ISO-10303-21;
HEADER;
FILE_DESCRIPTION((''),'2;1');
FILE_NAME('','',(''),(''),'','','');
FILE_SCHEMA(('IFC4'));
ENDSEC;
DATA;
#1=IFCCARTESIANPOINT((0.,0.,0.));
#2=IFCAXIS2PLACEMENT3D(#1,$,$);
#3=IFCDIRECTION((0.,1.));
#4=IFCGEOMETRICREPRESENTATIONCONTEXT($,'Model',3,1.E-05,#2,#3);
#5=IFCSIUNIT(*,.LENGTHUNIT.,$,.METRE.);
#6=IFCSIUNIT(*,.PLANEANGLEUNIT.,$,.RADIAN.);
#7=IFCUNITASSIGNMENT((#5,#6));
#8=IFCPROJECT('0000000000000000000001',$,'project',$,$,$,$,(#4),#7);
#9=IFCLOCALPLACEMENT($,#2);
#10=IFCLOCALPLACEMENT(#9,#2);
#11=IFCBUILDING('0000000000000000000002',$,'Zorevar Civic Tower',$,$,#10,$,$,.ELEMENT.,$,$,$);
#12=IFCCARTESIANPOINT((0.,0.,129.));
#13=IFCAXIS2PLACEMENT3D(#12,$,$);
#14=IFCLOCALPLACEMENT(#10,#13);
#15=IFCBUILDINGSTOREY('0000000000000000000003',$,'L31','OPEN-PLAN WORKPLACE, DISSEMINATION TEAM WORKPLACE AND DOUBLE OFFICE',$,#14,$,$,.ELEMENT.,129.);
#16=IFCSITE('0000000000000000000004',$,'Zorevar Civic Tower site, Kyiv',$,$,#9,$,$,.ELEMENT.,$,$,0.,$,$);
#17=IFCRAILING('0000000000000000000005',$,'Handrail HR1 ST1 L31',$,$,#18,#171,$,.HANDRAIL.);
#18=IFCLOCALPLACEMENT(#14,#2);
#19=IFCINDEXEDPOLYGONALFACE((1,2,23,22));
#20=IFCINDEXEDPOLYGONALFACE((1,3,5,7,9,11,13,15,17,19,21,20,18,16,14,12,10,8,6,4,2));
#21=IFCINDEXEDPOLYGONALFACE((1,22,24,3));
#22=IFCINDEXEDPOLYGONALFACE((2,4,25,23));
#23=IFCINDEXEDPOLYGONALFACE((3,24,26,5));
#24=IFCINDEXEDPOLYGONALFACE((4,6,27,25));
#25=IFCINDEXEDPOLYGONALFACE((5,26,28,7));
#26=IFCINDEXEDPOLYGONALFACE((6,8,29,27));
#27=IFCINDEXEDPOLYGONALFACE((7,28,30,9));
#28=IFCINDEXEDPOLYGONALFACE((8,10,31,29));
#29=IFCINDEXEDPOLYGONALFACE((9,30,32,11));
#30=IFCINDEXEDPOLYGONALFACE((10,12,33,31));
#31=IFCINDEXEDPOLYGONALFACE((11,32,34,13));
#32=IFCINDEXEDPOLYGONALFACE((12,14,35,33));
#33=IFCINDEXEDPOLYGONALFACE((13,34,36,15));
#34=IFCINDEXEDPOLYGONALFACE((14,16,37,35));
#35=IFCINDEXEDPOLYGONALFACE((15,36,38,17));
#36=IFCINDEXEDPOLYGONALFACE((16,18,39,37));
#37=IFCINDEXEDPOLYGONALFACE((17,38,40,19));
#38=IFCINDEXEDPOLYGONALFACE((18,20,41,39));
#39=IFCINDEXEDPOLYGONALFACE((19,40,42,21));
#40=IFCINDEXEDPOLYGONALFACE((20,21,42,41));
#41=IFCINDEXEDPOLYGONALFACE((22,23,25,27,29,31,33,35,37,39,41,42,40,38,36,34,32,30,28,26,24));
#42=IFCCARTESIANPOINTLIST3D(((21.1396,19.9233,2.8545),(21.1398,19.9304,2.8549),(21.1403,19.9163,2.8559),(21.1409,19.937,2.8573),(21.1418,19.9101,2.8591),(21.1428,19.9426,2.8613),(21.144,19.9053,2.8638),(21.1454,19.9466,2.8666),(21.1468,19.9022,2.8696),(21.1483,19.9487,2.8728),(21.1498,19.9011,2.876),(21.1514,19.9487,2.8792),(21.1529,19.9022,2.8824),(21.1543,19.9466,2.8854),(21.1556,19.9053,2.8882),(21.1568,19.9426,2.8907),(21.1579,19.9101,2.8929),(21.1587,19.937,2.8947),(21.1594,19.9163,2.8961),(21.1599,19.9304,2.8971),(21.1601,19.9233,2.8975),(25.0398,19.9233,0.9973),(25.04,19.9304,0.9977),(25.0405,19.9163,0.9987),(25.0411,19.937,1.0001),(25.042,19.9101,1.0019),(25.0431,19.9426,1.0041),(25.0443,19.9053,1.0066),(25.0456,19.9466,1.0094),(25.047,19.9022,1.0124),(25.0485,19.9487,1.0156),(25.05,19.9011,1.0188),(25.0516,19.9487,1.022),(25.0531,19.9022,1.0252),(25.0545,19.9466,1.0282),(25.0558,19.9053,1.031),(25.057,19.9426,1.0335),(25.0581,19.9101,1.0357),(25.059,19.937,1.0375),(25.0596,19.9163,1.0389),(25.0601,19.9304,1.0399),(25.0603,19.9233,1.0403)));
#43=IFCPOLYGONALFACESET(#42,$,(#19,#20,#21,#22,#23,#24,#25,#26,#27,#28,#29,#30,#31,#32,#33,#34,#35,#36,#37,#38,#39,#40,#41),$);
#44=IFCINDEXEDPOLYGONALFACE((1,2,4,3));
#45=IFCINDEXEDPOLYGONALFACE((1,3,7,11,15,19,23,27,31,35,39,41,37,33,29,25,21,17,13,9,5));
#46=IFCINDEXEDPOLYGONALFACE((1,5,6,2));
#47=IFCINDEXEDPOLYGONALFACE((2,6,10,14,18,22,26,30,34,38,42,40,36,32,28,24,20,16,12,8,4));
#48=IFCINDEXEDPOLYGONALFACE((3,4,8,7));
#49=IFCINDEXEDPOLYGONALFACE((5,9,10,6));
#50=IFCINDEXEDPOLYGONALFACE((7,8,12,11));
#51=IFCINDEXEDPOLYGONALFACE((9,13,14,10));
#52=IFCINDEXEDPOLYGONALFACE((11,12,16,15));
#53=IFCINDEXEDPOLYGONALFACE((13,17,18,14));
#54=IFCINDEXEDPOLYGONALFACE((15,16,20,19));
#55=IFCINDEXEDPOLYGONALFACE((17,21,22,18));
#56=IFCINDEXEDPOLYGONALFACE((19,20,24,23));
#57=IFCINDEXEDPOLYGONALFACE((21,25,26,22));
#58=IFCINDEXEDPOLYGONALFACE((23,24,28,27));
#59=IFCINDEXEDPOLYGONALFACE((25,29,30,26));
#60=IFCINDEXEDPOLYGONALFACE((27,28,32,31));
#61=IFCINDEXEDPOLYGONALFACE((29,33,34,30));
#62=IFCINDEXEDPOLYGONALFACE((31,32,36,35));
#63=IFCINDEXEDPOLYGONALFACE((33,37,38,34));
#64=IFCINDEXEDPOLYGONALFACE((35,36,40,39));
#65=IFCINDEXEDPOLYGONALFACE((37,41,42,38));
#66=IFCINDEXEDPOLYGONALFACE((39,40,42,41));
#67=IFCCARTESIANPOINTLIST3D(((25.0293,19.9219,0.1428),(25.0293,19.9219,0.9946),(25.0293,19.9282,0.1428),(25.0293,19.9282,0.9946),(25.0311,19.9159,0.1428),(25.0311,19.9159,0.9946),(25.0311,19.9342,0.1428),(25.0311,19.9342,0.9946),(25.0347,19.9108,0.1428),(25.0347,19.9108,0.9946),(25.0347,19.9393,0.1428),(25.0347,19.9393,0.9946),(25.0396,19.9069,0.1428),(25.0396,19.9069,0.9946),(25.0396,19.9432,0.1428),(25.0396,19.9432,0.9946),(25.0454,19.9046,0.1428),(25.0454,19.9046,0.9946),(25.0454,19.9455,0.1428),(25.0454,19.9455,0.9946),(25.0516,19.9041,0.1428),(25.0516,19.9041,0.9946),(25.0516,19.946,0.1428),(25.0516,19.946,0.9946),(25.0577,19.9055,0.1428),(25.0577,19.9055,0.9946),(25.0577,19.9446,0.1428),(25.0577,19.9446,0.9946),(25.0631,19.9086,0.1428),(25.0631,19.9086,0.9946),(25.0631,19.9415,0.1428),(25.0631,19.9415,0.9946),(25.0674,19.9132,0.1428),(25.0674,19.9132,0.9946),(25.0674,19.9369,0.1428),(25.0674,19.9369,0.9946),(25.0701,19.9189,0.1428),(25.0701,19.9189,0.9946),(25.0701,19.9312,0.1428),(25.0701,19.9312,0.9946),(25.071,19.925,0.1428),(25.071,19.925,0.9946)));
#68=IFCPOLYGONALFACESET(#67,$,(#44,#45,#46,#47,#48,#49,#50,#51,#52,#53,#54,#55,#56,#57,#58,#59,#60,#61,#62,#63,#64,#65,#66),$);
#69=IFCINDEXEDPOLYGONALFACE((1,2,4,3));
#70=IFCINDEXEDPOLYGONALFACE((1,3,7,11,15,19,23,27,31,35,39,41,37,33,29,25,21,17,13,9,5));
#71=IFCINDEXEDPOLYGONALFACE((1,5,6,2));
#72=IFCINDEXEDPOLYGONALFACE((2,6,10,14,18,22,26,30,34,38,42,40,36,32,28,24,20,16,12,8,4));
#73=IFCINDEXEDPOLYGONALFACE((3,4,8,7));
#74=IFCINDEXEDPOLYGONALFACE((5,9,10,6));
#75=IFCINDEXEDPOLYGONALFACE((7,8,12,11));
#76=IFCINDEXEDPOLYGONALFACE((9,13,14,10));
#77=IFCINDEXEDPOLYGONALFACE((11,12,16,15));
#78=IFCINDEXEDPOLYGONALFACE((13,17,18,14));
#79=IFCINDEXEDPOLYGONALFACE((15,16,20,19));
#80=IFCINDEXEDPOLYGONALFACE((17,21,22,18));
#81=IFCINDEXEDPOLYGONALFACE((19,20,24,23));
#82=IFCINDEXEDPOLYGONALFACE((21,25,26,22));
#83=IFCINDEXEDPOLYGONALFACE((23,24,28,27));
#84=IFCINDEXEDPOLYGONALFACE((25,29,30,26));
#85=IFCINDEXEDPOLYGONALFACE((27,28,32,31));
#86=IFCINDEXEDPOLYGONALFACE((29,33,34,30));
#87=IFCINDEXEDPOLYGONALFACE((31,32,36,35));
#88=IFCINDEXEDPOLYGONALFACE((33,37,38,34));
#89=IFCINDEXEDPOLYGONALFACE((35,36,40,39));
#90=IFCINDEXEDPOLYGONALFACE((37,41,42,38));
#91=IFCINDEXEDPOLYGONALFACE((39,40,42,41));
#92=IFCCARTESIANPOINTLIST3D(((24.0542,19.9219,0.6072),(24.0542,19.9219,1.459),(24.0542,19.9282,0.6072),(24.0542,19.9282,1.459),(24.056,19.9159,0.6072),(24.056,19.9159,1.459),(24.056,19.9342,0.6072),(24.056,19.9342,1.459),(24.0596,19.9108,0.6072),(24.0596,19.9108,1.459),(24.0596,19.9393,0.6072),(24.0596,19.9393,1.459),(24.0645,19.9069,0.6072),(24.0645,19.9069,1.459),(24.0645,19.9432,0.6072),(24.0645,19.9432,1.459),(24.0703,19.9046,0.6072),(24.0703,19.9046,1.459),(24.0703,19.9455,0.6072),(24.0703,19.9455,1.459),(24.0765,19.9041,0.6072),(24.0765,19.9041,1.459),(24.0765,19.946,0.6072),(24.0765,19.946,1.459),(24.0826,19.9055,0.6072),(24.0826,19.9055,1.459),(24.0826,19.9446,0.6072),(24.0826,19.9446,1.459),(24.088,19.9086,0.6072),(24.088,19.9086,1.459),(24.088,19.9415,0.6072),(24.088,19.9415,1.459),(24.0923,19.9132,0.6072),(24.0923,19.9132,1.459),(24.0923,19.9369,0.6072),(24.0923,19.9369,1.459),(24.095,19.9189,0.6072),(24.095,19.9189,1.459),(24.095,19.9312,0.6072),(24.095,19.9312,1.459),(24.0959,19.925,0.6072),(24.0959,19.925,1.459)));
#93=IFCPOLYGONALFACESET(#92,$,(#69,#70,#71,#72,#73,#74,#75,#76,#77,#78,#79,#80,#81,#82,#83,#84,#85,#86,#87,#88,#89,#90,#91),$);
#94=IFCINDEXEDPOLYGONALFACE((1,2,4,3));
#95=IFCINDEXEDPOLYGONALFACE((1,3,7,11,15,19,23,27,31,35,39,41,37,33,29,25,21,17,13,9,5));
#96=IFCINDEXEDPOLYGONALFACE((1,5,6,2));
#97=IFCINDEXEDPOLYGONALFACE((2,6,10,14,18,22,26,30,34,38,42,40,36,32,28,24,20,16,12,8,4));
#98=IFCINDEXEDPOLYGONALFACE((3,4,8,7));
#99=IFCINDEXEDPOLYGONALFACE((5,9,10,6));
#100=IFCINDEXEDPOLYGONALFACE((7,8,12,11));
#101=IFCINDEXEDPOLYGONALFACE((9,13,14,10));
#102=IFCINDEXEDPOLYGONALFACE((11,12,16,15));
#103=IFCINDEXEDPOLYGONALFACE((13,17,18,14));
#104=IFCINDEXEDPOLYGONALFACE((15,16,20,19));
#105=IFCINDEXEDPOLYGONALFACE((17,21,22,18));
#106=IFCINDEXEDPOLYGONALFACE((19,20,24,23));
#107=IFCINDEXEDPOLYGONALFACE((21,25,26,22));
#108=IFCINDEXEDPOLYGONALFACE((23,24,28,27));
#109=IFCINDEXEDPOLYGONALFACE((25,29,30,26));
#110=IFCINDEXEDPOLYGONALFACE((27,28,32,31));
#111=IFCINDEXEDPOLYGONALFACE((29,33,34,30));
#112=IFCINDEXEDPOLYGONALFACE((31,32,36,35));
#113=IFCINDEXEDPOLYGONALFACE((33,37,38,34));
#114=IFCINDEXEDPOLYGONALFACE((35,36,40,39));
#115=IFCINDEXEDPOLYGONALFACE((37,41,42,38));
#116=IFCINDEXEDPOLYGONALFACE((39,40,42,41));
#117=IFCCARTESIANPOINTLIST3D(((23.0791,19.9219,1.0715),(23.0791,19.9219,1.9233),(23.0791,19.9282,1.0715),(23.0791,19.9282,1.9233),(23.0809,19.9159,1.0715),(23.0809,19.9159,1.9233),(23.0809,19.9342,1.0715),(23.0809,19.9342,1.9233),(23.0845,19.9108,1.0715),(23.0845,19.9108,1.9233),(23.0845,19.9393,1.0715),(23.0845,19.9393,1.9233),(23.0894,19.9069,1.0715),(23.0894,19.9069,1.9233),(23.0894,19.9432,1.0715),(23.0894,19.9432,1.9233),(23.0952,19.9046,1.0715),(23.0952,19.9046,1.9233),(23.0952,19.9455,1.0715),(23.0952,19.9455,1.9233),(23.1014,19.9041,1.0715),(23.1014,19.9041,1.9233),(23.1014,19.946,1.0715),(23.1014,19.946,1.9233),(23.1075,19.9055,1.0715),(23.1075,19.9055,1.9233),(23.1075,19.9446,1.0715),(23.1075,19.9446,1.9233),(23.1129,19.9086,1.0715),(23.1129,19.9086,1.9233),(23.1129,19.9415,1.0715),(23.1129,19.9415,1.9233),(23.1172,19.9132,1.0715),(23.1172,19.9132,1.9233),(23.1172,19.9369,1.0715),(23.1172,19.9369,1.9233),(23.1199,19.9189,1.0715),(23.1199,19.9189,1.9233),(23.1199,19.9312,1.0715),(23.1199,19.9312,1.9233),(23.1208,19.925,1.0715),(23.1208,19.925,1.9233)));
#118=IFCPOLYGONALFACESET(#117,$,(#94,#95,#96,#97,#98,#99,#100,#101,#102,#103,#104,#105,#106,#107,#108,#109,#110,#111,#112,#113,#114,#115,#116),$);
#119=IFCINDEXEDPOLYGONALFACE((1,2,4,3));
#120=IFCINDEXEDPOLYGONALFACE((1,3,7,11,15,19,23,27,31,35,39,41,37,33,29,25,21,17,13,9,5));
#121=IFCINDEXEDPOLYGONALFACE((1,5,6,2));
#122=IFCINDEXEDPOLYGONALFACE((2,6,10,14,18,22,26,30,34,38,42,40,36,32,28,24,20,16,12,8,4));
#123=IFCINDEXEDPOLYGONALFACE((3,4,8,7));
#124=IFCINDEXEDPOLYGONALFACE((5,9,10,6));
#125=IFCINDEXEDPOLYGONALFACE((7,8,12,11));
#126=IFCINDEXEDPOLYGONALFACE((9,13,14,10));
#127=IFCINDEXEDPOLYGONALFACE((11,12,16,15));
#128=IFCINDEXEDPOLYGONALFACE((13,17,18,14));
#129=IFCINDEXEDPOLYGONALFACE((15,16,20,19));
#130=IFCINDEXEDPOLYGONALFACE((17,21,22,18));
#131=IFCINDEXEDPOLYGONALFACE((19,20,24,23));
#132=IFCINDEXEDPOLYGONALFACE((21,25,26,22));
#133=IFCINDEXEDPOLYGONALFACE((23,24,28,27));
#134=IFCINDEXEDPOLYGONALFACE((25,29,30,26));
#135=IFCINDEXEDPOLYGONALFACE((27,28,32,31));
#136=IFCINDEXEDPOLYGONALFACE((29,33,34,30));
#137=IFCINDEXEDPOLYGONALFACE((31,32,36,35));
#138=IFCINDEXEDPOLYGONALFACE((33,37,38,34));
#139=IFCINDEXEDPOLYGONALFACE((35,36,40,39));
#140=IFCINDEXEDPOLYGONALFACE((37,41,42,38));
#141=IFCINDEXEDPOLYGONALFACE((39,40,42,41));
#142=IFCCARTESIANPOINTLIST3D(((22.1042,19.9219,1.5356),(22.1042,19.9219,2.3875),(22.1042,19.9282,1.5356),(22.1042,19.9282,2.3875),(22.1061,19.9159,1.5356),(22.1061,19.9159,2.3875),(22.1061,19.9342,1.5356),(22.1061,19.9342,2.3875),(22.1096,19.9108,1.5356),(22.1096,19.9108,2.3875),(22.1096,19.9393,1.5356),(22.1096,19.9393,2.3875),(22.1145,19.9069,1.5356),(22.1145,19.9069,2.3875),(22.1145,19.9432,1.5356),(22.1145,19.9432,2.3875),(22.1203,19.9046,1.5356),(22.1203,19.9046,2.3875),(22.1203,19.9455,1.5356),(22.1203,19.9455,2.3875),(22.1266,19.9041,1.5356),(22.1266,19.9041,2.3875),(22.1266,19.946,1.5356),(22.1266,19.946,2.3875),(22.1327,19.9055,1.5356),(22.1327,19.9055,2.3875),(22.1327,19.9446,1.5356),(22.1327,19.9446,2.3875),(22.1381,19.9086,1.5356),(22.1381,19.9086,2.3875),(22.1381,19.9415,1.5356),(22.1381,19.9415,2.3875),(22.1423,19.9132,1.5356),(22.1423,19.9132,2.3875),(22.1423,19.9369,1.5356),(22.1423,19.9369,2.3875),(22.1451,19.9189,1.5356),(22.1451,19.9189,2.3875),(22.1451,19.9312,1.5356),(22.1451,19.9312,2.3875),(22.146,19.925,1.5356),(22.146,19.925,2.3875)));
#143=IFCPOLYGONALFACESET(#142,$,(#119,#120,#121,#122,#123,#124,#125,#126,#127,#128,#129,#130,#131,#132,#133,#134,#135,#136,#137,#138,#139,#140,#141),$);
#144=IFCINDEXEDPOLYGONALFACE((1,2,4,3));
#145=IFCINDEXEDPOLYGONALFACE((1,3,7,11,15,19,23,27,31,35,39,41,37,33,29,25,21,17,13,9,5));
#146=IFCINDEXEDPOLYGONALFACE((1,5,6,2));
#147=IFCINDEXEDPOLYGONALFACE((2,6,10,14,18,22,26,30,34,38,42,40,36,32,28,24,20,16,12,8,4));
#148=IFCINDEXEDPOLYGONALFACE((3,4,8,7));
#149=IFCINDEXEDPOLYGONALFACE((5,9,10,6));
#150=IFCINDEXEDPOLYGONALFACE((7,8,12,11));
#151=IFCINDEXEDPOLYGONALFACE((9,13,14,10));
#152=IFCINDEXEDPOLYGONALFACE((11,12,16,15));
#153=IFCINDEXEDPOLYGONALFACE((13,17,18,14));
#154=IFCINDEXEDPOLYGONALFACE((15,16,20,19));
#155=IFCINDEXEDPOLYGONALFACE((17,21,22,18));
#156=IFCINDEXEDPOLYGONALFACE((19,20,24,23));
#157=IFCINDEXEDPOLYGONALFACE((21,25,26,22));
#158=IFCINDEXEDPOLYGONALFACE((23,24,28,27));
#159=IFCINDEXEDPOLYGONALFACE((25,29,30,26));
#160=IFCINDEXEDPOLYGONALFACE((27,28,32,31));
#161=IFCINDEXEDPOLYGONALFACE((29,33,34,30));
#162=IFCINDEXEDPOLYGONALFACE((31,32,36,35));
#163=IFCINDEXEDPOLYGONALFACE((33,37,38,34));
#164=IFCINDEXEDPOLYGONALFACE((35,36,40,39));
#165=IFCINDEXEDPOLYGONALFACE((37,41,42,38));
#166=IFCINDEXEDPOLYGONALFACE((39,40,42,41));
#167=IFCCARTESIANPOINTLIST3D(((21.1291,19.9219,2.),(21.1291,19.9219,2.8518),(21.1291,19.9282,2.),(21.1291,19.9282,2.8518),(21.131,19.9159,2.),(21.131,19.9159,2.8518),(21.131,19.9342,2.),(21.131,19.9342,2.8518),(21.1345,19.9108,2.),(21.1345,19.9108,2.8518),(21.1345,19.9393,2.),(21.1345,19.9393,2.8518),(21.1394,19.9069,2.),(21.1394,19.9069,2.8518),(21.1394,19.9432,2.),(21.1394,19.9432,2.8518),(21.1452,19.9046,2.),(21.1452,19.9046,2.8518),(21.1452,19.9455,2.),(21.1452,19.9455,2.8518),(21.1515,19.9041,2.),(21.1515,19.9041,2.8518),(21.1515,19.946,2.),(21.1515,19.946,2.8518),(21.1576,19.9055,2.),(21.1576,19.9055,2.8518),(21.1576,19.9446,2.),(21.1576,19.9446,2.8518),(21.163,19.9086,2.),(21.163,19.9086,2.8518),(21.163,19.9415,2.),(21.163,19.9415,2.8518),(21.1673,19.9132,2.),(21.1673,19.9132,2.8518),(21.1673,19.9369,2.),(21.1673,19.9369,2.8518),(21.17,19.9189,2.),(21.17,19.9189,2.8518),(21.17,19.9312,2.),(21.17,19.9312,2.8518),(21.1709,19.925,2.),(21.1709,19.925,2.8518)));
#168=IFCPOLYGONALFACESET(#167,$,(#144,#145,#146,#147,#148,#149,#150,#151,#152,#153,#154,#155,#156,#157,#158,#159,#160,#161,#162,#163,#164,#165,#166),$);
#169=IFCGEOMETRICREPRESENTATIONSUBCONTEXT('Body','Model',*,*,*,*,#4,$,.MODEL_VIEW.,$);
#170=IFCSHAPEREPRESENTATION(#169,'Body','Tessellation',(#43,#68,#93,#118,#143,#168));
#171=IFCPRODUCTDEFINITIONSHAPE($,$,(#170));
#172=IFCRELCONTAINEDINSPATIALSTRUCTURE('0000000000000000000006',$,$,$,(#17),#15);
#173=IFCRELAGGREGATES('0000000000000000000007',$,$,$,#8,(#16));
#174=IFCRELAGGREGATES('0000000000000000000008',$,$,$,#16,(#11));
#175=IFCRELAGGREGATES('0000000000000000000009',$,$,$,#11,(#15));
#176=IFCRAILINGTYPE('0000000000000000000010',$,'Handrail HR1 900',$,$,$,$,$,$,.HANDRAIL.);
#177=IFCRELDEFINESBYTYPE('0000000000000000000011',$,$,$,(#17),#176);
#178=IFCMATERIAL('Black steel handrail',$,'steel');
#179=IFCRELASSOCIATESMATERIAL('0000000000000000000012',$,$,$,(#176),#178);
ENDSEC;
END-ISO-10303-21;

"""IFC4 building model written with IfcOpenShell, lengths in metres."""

from ifc_helpers import new_model, si_unit, direction, frame, origin, origin_2d, place, context, subcontext, project, spatial, circle, extrude, material, type_object, element, save


model = new_model("IFC4")

# Units and contexts
model_context = context("Model", 3, precision=1e-05, world=origin(), true_north=direction((0.0, 1.0)))
body_context = subcontext(model_context, "Body", "Model", "MODEL_VIEW")
ifc_project = project(units=[si_unit("LENGTHUNIT", "METRE"), si_unit("PLANEANGLEUNIT", "RADIAN")], contexts=[model_context])

# Site, building, storey
site_placement = place(None, origin())
site = spatial("IfcSite", under=ifc_project, at=site_placement, Name="Zorevar Civic Tower site, Kyiv", CompositionType="ELEMENT", RefElevation=0.0)
building_placement = place(site_placement, origin())
building = spatial("IfcBuilding", under=site, at=building_placement, Name="Zorevar Civic Tower", CompositionType="ELEMENT")
storey_placement = place(building_placement, frame((0.0, 0.0, 129.0)))
storey = spatial("IfcBuildingStorey", under=building, at=storey_placement, Name="L31", Description="OPEN-PLAN WORKPLACE, DISSEMINATION TEAM WORKPLACE AND DOUBLE OFFICE", CompositionType="ELEMENT", Elevation=129.0)

# Railing
ifc_material_1 = material(Name="Black steel handrail", Category="steel")
railing_type = type_object("IfcRailingType", Name="Handrail HR1 900", PredefinedType="HANDRAIL", material=ifc_material_1)
railing_1_placement = place(storey_placement, frame((25.05, 19.925, 0.1428)))
element("IfcRailing", 1, at=railing_1_placement, inside=storey, type_object=railing_type, Name="Handrail HR1 ST1 L31", PredefinedType="HANDRAIL", context=body_context, shape_type="SweptSolid", body=[
    extrude(circle(Radius=0.0239, at=origin_2d()), frame((0.0, 0.0, 0.876), z_axis=(-0.902864, 0.0, 0.429927), x_axis=(0.0, -1.0, 0.0)), (0.0, 0.0, 1.0), 4.3198),
    extrude(circle(Radius=0.021, at=origin_2d()), origin(), (0.0, 0.0, 1.0), 0.8518),
    extrude(circle(Radius=0.021, at=origin_2d()), frame((-0.9751, 0.0, 0.4644)), (0.0, 0.0, 1.0), 0.8518),
    extrude(circle(Radius=0.021, at=origin_2d()), frame((-1.9502, 0.0, 0.9287)), (0.0, 0.0, 1.0), 0.8518),
    extrude(circle(Radius=0.021, at=origin_2d()), frame((-2.925, 0.0, 1.3928)), (0.0, 0.0, 1.0), 0.8518),
    extrude(circle(Radius=0.021, at=origin_2d()), frame((-3.9001, 0.0, 1.8572)), (0.0, 0.0, 1.0), 0.8518),
])

save(model, "model.ifc")
